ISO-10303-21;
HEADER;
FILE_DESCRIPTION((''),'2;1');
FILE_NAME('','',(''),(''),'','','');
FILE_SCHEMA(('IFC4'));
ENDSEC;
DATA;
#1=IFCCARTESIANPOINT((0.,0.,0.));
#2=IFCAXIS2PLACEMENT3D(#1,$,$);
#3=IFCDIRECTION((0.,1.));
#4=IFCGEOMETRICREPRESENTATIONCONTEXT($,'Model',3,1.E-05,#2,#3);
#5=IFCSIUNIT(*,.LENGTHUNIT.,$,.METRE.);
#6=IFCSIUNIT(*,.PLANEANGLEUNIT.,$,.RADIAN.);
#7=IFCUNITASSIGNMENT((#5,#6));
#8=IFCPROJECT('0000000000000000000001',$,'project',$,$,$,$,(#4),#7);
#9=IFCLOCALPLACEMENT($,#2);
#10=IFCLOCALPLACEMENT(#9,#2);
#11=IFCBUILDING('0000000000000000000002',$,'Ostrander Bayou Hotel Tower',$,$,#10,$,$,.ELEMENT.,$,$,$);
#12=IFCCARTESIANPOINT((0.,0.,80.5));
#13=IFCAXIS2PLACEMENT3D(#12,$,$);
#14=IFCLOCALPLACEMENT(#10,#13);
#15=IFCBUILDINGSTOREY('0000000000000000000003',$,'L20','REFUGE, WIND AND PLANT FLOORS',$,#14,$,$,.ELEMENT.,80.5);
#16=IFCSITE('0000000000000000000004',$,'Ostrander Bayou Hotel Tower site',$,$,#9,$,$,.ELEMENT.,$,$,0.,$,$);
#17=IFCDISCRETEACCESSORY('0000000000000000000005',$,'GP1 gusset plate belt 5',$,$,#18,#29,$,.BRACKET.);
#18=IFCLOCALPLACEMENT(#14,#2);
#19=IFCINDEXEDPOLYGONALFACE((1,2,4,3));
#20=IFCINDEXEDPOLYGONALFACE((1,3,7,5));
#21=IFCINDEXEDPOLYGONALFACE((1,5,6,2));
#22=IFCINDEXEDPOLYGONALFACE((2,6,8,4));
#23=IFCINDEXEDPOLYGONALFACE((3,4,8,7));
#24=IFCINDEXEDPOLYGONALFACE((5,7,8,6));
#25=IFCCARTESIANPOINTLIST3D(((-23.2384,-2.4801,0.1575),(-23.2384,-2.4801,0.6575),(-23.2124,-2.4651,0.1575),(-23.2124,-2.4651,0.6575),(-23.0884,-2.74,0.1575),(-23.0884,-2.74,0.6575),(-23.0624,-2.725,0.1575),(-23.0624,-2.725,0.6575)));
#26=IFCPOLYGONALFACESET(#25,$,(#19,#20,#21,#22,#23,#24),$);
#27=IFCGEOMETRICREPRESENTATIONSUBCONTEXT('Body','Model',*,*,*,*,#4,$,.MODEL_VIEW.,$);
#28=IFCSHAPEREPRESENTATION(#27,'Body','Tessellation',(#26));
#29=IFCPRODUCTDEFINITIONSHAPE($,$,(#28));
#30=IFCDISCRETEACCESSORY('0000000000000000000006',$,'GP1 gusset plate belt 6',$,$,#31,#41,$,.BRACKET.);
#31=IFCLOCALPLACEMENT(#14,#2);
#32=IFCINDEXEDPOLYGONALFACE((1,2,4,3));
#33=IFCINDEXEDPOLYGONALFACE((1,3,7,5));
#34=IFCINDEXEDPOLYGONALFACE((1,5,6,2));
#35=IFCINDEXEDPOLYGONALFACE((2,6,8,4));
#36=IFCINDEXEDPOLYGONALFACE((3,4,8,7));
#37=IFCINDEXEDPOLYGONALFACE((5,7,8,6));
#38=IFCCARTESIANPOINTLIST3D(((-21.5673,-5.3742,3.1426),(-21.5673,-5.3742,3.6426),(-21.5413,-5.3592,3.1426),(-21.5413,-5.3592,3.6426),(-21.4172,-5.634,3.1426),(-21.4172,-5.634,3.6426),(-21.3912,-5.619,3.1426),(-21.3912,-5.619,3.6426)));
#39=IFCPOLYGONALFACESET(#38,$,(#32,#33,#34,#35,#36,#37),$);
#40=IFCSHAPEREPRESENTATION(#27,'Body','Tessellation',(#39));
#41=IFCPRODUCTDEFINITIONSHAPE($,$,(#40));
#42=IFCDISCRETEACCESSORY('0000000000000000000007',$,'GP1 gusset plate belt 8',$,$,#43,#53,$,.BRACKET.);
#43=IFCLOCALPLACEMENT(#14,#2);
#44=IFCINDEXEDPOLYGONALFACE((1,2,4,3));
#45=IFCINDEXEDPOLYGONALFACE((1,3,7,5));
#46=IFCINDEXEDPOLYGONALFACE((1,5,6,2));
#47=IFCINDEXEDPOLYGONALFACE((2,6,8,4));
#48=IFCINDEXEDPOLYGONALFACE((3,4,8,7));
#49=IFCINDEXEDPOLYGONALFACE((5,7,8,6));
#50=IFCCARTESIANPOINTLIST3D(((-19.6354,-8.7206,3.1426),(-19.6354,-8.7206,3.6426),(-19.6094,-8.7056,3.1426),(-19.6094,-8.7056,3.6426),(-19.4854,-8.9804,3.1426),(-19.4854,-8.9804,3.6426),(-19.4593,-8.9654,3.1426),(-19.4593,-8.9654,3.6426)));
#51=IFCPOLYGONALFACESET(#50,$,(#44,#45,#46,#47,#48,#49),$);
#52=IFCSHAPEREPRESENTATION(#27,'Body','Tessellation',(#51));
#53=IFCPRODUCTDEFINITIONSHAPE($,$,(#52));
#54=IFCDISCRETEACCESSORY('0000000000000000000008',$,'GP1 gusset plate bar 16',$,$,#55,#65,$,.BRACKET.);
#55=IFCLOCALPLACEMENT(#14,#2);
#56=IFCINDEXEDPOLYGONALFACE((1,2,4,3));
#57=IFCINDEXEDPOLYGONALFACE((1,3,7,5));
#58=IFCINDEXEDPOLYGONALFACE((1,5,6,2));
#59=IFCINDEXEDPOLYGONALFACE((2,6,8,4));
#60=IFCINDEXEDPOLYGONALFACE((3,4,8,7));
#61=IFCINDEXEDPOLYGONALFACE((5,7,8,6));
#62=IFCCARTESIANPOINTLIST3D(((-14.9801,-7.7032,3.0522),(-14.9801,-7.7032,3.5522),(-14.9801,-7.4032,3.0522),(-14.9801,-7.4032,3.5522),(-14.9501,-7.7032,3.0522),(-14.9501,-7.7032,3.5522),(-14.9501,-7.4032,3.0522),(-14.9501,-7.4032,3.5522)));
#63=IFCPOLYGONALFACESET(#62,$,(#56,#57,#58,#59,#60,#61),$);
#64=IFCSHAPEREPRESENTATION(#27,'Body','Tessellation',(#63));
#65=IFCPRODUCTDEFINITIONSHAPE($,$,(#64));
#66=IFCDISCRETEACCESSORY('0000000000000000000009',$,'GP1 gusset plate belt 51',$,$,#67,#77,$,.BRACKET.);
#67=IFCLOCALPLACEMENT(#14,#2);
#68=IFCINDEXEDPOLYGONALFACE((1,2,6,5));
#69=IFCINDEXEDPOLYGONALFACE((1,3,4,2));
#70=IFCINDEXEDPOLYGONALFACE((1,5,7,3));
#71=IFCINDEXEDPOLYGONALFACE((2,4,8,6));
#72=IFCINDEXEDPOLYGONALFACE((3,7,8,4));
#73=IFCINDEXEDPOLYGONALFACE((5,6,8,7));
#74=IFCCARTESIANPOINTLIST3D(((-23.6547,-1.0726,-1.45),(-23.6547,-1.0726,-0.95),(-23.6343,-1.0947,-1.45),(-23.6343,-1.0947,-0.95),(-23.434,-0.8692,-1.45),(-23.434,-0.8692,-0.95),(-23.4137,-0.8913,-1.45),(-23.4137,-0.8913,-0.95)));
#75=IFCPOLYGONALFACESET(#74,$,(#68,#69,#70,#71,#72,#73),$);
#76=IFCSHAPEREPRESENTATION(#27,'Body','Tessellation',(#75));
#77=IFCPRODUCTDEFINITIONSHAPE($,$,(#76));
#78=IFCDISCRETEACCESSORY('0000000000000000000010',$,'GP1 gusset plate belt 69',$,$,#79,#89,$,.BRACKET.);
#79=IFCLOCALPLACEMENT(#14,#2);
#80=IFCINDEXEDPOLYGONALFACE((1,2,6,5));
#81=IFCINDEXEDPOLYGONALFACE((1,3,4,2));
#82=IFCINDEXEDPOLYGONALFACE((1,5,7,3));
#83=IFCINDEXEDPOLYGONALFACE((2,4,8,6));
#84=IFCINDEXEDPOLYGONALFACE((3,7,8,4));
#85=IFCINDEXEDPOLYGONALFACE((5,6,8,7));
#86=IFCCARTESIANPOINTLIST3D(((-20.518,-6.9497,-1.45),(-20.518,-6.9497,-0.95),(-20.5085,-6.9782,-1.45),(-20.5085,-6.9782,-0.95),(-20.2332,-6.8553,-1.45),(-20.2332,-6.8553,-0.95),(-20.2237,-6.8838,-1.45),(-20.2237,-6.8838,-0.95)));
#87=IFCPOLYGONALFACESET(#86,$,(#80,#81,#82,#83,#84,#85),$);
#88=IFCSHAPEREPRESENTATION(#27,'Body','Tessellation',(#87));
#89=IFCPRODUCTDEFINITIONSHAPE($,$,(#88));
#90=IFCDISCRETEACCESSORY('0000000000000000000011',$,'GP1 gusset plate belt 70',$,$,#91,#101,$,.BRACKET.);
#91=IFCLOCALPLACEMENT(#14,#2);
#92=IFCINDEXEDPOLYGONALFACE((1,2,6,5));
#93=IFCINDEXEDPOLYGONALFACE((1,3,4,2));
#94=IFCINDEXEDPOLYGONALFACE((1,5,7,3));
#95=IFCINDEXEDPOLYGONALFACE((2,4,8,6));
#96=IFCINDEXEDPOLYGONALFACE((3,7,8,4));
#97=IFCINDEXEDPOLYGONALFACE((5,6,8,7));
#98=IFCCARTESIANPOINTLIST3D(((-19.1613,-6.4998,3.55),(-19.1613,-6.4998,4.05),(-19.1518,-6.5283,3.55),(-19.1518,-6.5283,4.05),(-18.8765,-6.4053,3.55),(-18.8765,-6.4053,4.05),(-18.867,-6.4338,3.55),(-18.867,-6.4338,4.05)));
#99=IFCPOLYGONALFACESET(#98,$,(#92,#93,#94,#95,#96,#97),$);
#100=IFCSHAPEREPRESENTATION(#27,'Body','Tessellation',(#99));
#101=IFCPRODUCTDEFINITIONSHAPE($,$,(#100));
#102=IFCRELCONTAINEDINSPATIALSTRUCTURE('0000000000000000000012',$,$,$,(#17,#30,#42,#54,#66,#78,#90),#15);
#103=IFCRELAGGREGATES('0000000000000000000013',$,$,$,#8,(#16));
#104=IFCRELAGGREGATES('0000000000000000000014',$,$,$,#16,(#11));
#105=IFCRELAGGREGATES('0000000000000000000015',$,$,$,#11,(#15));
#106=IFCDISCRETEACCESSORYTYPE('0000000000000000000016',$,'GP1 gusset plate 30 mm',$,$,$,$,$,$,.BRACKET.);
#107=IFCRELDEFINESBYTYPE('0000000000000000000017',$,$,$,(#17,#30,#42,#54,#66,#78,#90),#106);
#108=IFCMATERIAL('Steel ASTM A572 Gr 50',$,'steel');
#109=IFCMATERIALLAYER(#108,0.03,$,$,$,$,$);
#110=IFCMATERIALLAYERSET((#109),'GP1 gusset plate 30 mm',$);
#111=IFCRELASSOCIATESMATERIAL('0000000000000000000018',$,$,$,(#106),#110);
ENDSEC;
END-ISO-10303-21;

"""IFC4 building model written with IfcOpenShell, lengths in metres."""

from ifc_helpers import new_model, si_unit, direction, frame, origin, origin_2d, place, context, subcontext, project, spatial, rectangle, extrude, material, layer, layer_set, type_object, element, save


model = new_model("IFC4")

# Units and contexts
model_context = context("Model", 3, precision=1e-05, world=origin(), true_north=direction((0.0, 1.0)))
body_context = subcontext(model_context, "Body", "Model", "MODEL_VIEW")
ifc_project = project(units=[si_unit("LENGTHUNIT", "METRE"), si_unit("PLANEANGLEUNIT", "RADIAN")], contexts=[model_context])

# Site, building, storey
site_placement = place(None, origin())
site = spatial("IfcSite", under=ifc_project, at=site_placement, Name="Ostrander Bayou Hotel Tower site", CompositionType="ELEMENT", RefElevation=0.0)
building_placement = place(site_placement, origin())
building = spatial("IfcBuilding", under=site, at=building_placement, Name="Ostrander Bayou Hotel Tower", CompositionType="ELEMENT")
storey_placement = place(building_placement, frame((0.0, 0.0, 80.5)))
storey = spatial("IfcBuildingStorey", under=building, at=storey_placement, Name="L20", Description="REFUGE, WIND AND PLANT FLOORS", CompositionType="ELEMENT", Elevation=80.5)

# Discrete accessories
ifc_material_1 = material(Name="Steel ASTM A572 Gr 50", Category="steel")
ifc_layer_1 = layer(ifc_material_1, 0.03)
ifc_layer_set_1 = layer_set([ifc_layer_1], Name="GP1 gusset plate 30 mm")
discrete_accessory_type = type_object("IfcDiscreteAccessoryType", Name="GP1 gusset plate 30 mm", PredefinedType="BRACKET", material=ifc_layer_set_1)
for number, where, z_axis, x_axis, name in (
    (1, (-23.1504, -2.6025, 0.1575), (0.0, 0.0, 1.0), (0.500015, -0.866017, 0.0), "GP1 gusset plate belt 5"),
    (2, (-21.4792, -5.4966, 3.1426), (0.0, 0.0, 1.0), (0.500015, -0.866017, 0.0), "GP1 gusset plate belt 6"),
    (3, (-19.5474, -8.843, 3.1426), (0.0, 0.0, 1.0), (-0.5, 0.866025, 0.0), "GP1 gusset plate belt 8"),
    (4, (-14.9651, -7.5532, 3.0522), (0.0, 0.0, 1.0), (0.0, 1.0, 0.0), "GP1 gusset plate bar 16"),
    (5, (-23.5342, -0.9819, -1.45), (0.0, 0.0, 1.0), (0.73527, 0.677775, 0.0), "GP1 gusset plate belt 51"),
    (6, (-20.3708, -6.9167, -1.45), (0.0, 0.0, 1.0), (0.949151, 0.314821, 0.0), "GP1 gusset plate belt 69"),
    (7, (-19.0142, -6.4668, 3.55), (0.0, 0.0, 1.0), (0.949151, 0.314821, 0.0), "GP1 gusset plate belt 70"),
):
    element("IfcDiscreteAccessory", number, at=place(storey_placement, frame(where, z_axis=z_axis, x_axis=x_axis)), inside=storey, type_object=discrete_accessory_type, Name=name, PredefinedType="BRACKET", context=body_context, shape_type="SweptSolid", body=[
        extrude(rectangle(XDim=0.3, YDim=0.03, at=origin_2d()), origin(), (0.0, 0.0, 1.0), 0.5),
    ])

save(model, "model.ifc")
